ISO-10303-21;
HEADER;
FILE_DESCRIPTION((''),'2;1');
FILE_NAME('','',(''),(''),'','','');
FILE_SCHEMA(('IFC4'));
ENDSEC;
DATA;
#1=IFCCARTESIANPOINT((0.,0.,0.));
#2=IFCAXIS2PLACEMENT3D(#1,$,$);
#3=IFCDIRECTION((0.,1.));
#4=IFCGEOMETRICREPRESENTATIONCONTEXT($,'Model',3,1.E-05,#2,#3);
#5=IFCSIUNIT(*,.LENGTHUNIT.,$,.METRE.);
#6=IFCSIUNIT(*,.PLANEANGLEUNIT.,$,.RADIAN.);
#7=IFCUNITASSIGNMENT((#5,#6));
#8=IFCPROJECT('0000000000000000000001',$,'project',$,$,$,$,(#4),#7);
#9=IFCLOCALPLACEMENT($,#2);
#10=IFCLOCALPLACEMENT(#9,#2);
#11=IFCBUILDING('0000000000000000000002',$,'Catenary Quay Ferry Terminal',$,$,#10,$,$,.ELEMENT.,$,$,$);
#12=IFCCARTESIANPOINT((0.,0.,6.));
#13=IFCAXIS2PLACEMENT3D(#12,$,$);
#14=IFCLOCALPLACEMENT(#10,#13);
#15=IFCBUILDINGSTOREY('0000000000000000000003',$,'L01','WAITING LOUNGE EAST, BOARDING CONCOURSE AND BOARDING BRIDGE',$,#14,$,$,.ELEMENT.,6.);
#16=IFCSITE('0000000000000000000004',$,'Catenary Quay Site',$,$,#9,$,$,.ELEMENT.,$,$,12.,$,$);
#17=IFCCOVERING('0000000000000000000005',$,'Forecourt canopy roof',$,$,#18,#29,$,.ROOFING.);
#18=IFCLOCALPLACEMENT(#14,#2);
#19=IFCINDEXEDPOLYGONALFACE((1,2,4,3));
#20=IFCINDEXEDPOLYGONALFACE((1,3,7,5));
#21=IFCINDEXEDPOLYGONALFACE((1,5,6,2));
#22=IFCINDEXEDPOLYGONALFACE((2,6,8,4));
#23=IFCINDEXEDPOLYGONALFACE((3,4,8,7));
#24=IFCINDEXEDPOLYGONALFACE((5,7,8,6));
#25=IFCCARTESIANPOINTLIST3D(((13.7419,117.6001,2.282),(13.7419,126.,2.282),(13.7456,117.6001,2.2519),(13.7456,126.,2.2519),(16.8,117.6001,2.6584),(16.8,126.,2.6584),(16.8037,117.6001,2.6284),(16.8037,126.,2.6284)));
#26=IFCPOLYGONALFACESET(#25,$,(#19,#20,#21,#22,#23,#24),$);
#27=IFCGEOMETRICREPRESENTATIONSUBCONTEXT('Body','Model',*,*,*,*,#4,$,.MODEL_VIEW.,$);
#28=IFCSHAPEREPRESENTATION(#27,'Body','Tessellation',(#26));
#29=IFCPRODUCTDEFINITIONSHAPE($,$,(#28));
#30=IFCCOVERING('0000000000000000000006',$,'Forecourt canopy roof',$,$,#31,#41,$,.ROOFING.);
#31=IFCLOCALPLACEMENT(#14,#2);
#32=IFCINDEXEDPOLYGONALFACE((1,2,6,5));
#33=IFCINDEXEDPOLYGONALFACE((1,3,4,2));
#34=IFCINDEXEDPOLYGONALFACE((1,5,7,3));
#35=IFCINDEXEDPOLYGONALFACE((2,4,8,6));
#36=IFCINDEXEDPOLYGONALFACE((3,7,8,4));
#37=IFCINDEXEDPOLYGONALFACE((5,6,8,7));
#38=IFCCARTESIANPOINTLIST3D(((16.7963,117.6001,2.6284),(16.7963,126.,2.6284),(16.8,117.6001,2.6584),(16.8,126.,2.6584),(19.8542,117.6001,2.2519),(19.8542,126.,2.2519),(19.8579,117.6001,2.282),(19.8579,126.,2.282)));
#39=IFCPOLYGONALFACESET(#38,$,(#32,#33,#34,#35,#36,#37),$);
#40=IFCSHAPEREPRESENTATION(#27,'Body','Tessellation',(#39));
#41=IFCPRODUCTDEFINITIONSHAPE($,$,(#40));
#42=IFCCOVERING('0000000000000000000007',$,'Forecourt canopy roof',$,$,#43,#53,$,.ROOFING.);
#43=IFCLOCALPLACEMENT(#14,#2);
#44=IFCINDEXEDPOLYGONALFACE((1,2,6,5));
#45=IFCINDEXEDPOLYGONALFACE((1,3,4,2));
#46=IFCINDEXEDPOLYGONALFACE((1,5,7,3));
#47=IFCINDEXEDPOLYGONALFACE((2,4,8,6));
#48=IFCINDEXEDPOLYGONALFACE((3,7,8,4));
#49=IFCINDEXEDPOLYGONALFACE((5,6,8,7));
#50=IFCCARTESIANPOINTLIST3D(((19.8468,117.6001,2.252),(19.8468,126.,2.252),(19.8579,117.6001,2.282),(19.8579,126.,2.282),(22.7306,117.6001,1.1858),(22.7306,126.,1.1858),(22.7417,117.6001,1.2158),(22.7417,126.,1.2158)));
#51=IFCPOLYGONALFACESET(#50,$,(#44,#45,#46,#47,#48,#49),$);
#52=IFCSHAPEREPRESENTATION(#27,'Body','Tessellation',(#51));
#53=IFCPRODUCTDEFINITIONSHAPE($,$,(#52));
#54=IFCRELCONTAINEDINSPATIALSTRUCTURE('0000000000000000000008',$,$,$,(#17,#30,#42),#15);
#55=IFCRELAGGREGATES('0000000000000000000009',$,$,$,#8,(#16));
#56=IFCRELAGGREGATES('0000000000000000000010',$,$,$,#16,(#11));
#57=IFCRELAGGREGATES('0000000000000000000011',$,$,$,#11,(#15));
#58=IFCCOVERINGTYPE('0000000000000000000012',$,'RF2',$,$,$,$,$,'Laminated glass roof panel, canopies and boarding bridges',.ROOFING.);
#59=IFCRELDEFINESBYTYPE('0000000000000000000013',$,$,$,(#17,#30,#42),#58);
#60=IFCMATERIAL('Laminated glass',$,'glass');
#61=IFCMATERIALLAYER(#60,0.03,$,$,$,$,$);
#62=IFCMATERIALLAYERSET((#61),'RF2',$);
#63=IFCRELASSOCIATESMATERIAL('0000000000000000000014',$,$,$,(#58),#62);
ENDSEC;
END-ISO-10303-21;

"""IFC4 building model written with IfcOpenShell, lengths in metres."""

from ifc_helpers import new_model, si_unit, direction, frame, origin, place, context, subcontext, project, spatial, polyline, outline, extrude, material, layer, layer_set, type_object, element, save


model = new_model("IFC4")

# Units and contexts
model_context = context("Model", 3, precision=1e-05, world=origin(), true_north=direction((0.0, 1.0)))
body_context = subcontext(model_context, "Body", "Model", "MODEL_VIEW")
ifc_project = project(units=[si_unit("LENGTHUNIT", "METRE"), si_unit("PLANEANGLEUNIT", "RADIAN")], contexts=[model_context])

# Site, building, storey
site_placement = place(None, origin())
site = spatial("IfcSite", under=ifc_project, at=site_placement, Name="Catenary Quay Site", CompositionType="ELEMENT", RefElevation=12.0)
building_placement = place(site_placement, origin())
building = spatial("IfcBuilding", under=site, at=building_placement, Name="Catenary Quay Ferry Terminal", CompositionType="ELEMENT")
storey_placement = place(building_placement, frame((0.0, 0.0, 6.0)))
storey = spatial("IfcBuildingStorey", under=building, at=storey_placement, Name="L01", Description="WAITING LOUNGE EAST, BOARDING CONCOURSE AND BOARDING BRIDGE", CompositionType="ELEMENT", Elevation=6.0)

# Coverings
ifc_material_1 = material(Name="Laminated glass", Category="glass")
ifc_layer = layer(ifc_material_1, 0.03)
ifc_layer_set = layer_set([ifc_layer], Name="RF2")
covering_type = type_object("IfcCoveringType", Name="RF2", ElementType="Laminated glass roof panel, canopies and boarding bridges", PredefinedType="ROOFING", material=ifc_layer_set)
covering_1_placement = place(storey_placement, frame((13.7419, 117.6001, 2.282), z_axis=(-0.122182, 0.0, 0.992508), x_axis=(0.0, 1.0, 0.0)))
element("IfcCovering", 1, at=covering_1_placement, inside=storey, type_object=covering_type, Name="Forecourt canopy roof", PredefinedType="ROOFING", context=body_context, shape_type="SweptSolid", body=[
    extrude(outline(polyline([(0.0, 0.0), (8.3999, 0.0), (8.3999, -3.0812), (0.0, -3.0812), (0.0, 0.0)])), origin(), (0.0, 0.0, -1.0), 0.0303),
])
covering_2_placement = place(storey_placement, frame((16.8, 117.6001, 2.6584), z_axis=(0.122191, 0.0, 0.992507), x_axis=(0.0, 1.0, 0.0)))
element("IfcCovering", 2, at=covering_2_placement, inside=storey, type_object=covering_type, Name="Forecourt canopy roof", PredefinedType="ROOFING", context=body_context, shape_type="SweptSolid", body=[
    extrude(outline(polyline([(0.0, 0.0), (8.3999, 0.0), (8.3999, -3.0809), (0.0, -3.0809), (0.0, 0.0)])), origin(), (0.0, 0.0, -1.0), 0.0303),
])
covering_3_placement = place(storey_placement, frame((19.8579, 117.6001, 2.282), z_axis=(0.346769, 0.0, 0.937951), x_axis=(0.0, 1.0, 0.0)))
element("IfcCovering", 3, at=covering_3_placement, inside=storey, type_object=covering_type, Name="Forecourt canopy roof", PredefinedType="ROOFING", context=body_context, shape_type="SweptSolid", body=[
    extrude(outline(polyline([(0.0, 0.0), (8.3999, 0.0), (8.3999, -3.0746), (0.0, -3.0746), (0.0, 0.0)])), origin(), (0.0, 0.0, -1.0), 0.032),
])

save(model, "model.ifc")
